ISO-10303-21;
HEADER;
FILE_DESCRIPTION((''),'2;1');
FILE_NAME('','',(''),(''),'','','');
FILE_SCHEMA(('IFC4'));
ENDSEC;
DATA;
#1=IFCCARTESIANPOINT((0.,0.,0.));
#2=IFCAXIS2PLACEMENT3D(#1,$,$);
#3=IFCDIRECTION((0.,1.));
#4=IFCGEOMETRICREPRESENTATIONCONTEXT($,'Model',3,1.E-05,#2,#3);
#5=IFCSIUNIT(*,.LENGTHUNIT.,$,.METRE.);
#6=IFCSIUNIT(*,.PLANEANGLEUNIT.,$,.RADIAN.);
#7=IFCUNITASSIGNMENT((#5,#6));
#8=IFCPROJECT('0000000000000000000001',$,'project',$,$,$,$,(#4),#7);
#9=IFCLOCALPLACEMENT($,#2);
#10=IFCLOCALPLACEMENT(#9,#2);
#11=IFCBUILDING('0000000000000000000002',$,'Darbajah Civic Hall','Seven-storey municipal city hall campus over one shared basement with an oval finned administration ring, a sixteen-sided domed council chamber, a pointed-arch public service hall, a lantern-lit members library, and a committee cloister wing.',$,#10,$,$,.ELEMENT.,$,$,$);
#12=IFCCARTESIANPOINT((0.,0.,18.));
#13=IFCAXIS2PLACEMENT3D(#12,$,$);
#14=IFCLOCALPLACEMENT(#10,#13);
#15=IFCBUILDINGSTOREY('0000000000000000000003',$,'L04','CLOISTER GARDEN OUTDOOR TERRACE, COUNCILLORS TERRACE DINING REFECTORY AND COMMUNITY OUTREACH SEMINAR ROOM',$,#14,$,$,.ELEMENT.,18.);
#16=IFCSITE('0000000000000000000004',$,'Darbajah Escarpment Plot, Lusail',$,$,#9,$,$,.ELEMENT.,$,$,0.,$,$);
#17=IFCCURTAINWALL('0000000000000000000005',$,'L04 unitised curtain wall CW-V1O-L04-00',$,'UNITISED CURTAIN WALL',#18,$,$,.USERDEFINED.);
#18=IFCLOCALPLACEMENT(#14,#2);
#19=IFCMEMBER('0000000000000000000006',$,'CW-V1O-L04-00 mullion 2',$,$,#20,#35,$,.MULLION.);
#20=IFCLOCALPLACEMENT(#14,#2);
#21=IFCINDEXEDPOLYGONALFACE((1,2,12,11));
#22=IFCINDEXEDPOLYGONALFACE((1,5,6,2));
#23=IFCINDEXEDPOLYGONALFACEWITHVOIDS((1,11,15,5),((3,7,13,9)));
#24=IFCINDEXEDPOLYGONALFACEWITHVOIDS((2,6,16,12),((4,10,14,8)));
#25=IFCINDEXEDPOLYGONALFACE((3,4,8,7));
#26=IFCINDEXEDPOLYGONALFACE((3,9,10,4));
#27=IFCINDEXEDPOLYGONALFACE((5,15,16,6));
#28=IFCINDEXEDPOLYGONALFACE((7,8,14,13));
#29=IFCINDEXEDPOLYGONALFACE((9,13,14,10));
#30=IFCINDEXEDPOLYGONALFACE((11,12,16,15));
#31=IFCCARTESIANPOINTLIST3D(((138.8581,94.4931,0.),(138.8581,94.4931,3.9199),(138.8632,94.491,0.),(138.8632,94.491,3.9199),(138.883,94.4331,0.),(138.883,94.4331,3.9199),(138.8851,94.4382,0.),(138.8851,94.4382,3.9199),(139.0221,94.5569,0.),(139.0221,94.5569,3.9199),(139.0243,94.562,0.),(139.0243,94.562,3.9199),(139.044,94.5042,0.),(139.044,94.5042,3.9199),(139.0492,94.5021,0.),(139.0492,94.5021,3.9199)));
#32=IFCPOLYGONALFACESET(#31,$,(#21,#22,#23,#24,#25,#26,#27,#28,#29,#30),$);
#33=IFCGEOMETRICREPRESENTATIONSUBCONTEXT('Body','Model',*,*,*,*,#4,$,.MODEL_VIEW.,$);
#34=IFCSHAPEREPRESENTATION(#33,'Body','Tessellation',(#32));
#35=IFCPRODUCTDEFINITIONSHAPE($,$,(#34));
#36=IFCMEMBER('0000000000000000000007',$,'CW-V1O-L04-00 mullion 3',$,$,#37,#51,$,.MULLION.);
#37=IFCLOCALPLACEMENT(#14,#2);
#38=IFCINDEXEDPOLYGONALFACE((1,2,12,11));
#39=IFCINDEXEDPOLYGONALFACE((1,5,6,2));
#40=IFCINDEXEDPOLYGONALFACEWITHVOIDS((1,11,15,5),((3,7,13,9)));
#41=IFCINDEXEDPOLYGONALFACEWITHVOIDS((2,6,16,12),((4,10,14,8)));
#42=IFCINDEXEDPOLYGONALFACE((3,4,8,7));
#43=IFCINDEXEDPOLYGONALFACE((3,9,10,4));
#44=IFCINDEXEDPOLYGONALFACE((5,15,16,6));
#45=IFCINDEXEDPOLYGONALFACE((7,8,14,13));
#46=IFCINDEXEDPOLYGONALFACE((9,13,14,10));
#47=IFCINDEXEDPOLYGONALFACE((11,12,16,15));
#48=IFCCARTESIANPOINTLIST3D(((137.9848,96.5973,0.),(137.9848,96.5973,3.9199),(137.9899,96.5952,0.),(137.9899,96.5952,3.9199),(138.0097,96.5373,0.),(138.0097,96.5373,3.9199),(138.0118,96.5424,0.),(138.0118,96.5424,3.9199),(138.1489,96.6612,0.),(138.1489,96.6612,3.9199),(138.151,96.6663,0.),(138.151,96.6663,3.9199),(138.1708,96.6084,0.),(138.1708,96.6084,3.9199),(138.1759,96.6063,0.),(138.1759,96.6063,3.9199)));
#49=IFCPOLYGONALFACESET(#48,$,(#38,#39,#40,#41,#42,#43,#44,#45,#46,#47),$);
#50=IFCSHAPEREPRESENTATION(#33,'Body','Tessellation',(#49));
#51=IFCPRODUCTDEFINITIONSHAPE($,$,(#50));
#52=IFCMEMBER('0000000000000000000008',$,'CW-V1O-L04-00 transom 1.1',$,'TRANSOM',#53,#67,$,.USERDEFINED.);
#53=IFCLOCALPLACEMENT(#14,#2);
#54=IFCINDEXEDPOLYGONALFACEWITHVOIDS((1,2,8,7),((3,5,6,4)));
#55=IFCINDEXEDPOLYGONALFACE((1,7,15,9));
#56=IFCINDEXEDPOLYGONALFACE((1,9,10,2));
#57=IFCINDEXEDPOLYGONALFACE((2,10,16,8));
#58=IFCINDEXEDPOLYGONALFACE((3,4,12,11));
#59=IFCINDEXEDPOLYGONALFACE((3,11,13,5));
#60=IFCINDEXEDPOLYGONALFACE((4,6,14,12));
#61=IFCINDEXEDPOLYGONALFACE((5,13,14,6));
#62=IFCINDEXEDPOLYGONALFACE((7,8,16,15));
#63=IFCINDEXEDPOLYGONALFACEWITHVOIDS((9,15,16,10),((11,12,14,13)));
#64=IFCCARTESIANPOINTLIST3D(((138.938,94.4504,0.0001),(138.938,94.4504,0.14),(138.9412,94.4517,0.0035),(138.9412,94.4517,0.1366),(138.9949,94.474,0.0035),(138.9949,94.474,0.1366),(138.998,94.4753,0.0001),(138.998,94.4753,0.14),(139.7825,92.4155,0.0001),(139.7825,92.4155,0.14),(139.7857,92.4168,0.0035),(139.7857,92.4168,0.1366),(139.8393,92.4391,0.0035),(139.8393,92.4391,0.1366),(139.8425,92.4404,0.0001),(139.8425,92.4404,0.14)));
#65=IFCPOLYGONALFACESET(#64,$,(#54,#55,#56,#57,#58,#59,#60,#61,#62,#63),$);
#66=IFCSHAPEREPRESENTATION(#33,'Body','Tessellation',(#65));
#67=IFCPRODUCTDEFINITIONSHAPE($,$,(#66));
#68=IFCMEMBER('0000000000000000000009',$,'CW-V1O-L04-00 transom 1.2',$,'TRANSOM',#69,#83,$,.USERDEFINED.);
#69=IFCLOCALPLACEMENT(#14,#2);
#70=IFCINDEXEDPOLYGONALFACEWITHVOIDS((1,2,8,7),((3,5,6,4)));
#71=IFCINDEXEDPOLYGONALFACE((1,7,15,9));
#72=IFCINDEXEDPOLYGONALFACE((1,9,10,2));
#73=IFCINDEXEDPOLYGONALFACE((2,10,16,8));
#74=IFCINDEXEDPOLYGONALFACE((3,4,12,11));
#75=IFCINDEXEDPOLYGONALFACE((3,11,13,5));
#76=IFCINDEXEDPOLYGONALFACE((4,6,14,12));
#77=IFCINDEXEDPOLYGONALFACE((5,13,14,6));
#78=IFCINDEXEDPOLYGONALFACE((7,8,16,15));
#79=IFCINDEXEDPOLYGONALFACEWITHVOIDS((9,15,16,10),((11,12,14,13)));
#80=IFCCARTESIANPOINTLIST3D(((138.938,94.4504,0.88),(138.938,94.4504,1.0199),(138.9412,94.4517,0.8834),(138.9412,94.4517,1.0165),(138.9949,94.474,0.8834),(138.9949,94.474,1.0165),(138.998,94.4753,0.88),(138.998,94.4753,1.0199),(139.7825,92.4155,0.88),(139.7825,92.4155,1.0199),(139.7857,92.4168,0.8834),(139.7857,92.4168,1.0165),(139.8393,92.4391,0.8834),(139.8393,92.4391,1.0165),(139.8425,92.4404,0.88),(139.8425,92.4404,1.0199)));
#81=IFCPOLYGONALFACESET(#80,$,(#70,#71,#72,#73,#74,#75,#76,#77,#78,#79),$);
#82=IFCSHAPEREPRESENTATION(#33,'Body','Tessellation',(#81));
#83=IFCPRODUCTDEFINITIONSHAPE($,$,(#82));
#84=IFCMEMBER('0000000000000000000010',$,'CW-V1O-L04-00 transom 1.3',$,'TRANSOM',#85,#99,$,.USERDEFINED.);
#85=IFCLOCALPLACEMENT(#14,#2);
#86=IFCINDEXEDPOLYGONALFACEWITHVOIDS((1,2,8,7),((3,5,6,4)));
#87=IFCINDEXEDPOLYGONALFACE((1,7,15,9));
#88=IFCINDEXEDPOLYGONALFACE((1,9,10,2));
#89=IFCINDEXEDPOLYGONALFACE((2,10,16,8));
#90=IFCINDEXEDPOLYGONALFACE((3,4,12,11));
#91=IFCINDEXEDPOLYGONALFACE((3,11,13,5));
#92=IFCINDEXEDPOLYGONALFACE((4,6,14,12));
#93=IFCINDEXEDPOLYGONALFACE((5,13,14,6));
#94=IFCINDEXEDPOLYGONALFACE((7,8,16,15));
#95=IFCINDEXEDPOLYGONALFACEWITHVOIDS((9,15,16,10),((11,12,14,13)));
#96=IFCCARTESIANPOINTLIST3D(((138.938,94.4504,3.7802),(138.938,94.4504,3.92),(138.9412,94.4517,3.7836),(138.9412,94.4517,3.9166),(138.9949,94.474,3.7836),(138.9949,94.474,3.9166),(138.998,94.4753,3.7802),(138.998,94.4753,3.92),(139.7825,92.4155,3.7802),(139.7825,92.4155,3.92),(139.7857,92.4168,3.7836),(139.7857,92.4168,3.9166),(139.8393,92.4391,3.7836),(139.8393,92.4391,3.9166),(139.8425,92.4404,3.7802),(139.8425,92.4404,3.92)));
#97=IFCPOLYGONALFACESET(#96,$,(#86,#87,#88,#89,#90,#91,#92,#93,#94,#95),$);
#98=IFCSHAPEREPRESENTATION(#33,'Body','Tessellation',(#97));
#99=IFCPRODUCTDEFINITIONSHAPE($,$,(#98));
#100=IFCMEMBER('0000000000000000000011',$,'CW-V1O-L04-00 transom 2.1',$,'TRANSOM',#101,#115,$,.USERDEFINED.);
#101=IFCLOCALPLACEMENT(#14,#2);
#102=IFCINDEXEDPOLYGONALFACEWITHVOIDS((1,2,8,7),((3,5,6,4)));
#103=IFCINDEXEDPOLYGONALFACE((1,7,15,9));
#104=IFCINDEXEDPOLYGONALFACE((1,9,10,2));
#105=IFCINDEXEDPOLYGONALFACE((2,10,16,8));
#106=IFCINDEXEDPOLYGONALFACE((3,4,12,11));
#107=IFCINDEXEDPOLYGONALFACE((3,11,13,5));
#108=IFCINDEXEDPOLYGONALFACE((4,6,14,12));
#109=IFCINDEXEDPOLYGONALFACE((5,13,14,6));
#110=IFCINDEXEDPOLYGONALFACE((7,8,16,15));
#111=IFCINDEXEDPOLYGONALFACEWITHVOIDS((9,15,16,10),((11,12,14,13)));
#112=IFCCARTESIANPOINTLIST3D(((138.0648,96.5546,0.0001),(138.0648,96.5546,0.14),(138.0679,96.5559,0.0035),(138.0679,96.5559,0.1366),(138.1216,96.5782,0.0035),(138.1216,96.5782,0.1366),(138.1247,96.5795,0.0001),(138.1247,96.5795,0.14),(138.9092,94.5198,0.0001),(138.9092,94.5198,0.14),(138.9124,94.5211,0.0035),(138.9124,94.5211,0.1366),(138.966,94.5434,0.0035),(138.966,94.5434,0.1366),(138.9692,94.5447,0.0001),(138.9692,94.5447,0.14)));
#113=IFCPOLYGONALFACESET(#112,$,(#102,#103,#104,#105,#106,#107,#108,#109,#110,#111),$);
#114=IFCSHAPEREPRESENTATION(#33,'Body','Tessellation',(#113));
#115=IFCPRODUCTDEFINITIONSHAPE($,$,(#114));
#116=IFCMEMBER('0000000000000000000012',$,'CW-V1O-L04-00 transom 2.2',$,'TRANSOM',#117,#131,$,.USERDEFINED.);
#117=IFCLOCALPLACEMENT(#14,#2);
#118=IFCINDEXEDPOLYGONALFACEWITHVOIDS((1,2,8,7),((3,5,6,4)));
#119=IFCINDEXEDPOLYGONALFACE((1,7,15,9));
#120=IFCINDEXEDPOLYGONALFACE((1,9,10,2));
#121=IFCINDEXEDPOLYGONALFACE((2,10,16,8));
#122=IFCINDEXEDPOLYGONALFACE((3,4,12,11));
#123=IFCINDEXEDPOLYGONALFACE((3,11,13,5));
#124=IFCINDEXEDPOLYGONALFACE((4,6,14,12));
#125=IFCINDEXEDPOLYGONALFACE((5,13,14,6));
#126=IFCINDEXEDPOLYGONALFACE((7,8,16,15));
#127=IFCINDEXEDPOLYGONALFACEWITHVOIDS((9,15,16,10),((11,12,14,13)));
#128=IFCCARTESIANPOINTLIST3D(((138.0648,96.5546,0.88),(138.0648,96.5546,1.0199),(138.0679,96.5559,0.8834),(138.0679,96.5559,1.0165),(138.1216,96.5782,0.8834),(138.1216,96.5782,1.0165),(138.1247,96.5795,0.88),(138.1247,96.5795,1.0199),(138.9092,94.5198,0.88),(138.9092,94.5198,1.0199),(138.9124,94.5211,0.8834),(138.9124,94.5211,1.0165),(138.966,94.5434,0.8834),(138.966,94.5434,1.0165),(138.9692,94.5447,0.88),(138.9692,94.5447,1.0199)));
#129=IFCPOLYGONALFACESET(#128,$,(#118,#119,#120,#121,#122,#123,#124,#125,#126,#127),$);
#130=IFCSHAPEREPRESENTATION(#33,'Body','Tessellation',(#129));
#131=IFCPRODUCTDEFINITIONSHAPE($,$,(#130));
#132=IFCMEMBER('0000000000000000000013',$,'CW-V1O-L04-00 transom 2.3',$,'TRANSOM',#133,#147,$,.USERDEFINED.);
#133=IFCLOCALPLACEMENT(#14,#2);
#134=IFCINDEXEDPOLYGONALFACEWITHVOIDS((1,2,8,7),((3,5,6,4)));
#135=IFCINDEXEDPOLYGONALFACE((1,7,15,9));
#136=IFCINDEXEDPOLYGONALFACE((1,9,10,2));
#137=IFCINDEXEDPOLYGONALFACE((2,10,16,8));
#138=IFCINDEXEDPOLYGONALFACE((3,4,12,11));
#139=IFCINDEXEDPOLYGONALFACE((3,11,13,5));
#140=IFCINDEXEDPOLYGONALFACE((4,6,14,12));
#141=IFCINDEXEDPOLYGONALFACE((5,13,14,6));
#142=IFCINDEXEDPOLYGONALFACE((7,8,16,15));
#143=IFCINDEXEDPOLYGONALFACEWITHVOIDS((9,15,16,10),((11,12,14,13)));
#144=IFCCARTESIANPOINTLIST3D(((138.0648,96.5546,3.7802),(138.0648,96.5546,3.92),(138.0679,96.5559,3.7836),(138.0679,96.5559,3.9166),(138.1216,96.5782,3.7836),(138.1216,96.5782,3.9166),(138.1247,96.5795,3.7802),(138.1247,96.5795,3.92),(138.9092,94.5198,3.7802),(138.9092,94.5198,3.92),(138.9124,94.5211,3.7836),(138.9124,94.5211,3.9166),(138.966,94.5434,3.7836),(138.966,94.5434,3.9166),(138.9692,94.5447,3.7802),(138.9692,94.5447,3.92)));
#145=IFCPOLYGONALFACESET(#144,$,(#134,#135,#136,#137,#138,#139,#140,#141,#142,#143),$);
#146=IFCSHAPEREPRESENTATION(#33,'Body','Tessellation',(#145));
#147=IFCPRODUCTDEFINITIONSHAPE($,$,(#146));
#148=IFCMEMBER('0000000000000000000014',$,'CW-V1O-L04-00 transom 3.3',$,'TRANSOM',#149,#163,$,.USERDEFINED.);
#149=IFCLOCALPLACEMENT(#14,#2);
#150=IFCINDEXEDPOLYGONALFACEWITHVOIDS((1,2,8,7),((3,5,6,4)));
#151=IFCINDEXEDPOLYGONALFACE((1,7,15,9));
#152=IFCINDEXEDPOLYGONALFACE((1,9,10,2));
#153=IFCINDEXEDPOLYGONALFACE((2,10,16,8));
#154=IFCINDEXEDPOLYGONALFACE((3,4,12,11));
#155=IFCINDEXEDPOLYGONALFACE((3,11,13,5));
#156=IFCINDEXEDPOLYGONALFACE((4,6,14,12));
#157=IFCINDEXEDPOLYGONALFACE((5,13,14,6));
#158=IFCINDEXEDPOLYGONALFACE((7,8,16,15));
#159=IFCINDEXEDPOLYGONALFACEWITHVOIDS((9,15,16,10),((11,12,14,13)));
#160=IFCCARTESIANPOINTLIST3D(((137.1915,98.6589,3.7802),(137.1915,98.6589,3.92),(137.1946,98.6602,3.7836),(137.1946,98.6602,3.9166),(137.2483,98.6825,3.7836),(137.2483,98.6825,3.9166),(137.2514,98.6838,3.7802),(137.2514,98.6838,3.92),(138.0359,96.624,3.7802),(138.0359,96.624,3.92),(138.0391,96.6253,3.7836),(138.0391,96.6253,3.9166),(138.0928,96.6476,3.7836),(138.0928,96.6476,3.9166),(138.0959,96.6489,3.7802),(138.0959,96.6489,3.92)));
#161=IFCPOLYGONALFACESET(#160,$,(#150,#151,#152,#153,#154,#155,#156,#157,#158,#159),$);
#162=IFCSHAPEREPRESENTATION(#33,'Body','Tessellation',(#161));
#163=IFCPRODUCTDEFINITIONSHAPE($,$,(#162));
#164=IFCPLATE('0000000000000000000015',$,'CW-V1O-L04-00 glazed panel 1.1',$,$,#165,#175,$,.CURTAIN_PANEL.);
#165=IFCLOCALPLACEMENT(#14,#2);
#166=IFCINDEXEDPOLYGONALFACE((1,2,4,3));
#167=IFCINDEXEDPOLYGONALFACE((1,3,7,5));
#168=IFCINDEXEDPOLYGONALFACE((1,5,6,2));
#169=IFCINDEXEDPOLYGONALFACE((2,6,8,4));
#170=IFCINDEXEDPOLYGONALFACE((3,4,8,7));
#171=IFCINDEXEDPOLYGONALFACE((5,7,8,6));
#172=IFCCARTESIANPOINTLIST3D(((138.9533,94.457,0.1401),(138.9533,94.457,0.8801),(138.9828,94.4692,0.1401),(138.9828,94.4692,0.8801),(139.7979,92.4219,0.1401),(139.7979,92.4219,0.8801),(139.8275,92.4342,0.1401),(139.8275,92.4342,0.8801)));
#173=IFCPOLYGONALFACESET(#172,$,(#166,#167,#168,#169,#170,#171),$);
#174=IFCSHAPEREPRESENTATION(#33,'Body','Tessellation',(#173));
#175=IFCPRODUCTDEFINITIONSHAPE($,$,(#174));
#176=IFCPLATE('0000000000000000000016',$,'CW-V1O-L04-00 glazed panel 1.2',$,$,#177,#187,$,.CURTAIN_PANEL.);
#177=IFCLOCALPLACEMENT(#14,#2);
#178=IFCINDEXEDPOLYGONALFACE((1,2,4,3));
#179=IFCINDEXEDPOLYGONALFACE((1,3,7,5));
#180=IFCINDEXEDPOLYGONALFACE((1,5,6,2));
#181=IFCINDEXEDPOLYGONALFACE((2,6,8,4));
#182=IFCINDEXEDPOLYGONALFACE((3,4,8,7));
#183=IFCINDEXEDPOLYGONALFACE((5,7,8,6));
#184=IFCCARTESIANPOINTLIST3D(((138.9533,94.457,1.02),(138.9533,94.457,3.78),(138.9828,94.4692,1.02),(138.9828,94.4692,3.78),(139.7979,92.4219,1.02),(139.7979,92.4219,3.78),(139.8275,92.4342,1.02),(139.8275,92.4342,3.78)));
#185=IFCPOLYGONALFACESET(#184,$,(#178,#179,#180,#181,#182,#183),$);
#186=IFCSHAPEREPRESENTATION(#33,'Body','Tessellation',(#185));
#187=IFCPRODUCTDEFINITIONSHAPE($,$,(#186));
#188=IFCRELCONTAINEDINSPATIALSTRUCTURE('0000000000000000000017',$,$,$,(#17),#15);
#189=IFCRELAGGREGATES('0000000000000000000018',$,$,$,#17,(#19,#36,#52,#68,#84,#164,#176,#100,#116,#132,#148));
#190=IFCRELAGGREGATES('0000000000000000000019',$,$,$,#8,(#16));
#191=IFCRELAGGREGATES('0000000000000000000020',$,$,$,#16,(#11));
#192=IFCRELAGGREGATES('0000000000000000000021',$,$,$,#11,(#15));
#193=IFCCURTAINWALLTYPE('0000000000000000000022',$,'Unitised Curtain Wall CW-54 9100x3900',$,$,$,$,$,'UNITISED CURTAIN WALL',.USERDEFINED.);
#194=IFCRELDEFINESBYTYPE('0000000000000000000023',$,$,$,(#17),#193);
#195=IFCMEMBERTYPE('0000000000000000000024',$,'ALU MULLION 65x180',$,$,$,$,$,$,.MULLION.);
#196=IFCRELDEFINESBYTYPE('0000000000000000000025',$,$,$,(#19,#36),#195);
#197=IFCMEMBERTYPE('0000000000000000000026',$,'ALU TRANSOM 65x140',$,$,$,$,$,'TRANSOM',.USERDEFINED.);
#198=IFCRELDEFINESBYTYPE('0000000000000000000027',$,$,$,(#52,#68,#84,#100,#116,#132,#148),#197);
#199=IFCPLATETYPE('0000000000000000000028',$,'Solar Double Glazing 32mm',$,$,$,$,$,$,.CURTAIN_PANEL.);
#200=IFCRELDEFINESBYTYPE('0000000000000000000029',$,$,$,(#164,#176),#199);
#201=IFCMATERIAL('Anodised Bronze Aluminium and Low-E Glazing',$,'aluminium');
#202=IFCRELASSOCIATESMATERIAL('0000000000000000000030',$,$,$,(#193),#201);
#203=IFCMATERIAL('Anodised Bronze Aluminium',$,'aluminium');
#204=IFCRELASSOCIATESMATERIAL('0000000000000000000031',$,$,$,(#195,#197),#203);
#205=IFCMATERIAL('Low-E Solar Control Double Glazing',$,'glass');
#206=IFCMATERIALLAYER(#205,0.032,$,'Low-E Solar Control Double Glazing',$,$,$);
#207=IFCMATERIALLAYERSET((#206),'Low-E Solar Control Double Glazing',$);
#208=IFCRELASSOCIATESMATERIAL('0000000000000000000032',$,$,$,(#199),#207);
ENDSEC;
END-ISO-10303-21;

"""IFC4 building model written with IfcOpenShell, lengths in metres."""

from ifc_helpers import new_model, si_unit, direction, frame, origin, origin_2d, place, context, subcontext, project, spatial, rectangle, hollow_rectangle, extrude, material, layer, layer_set, material_profile, profile_set, type_object, element, aggregate, save


model = new_model("IFC4")

# Units and contexts
model_context = context("Model", 3, precision=1e-05, world=origin(), true_north=direction((0.0, 1.0)))
body_context = subcontext(model_context, "Body", "Model", "MODEL_VIEW")
ifc_project = project(units=[si_unit("LENGTHUNIT", "METRE"), si_unit("PLANEANGLEUNIT", "RADIAN")], contexts=[model_context])

# Site, building, storey
site_placement = place(None, origin())
site = spatial("IfcSite", under=ifc_project, at=site_placement, Name="Darbajah Escarpment Plot, Lusail", CompositionType="ELEMENT", RefElevation=0.0)
building_placement = place(site_placement, origin())
building = spatial("IfcBuilding", under=site, at=building_placement, Name="Darbajah Civic Hall", Description="Seven-storey municipal city hall campus over one shared basement with an oval finned administration ring, a sixteen-sided domed council chamber, a pointed-arch public service hall, a lantern-lit members library, and a committee cloister wing.", CompositionType="ELEMENT")
storey_placement = place(building_placement, frame((0.0, 0.0, 18.0)))
storey = spatial("IfcBuildingStorey", under=building, at=storey_placement, Name="L04", Description="CLOISTER GARDEN OUTDOOR TERRACE, COUNCILLORS TERRACE DINING REFECTORY AND COMMUNITY OUTREACH SEMINAR ROOM", CompositionType="ELEMENT", Elevation=18.0)

# Curtain wall, members, plates
ifc_material_1 = material(Name="Anodised Bronze Aluminium and Low-E Glazing", Category="aluminium")
curtain_wall_type = type_object("IfcCurtainWallType", Name="Unitised Curtain Wall CW-54 9100x3900", ElementType="UNITISED CURTAIN WALL", PredefinedType="USERDEFINED", material=ifc_material_1)
curtain_wall_placement = place(storey_placement, origin())
curtain_wall = element("IfcCurtainWall", 1, at=curtain_wall_placement, inside=storey, type_object=curtain_wall_type, Name="L04 unitised curtain wall CW-V1O-L04-00", ObjectType="UNITISED CURTAIN WALL", PredefinedType="USERDEFINED")
ifc_material_2 = material(Name="Anodised Bronze Aluminium", Category="aluminium")
ifc_material_profile_1 = material_profile(ifc_material_2, hollow_rectangle(XDim=0.0649, YDim=0.1799, WallThickness=0.0039, at=origin_2d()), Name="ALU MULLION 65x180")
ifc_profile_set_1 = profile_set([ifc_material_profile_1], Name="Anodised Bronze Aluminium")
member_type_1 = type_object("IfcMemberType", Name="ALU MULLION 65x180", PredefinedType="MULLION", material=ifc_profile_set_1)
member_1_placement = place(storey_placement, frame((138.9536, 94.4976, 0.0), z_axis=(0.0, 0.0, 1.0), x_axis=(-0.383328, 0.923612, 0.0)))
member_1 = element("IfcMember", 2, at=member_1_placement, type_object=member_type_1, Name="CW-V1O-L04-00 mullion 2", PredefinedType="MULLION", context=body_context, shape_type="SweptSolid", body=[
    extrude(hollow_rectangle(XDim=0.0649, YDim=0.1799, WallThickness=0.0039, at=origin_2d()), origin(), (0.0, 0.0, 1.0), 3.9199),
])
member_2_placement = place(storey_placement, frame((138.0803, 96.6018, 0.0), z_axis=(0.0, 0.0, 1.0), x_axis=(-0.383328, 0.923612, 0.0)))
member_2 = element("IfcMember", 3, at=member_2_placement, type_object=member_type_1, Name="CW-V1O-L04-00 mullion 3", PredefinedType="MULLION", context=body_context, shape_type="SweptSolid", body=[
    extrude(hollow_rectangle(XDim=0.0649, YDim=0.1799, WallThickness=0.0039, at=origin_2d()), origin(), (0.0, 0.0, 1.0), 3.9199),
])
ifc_material_profile_2 = material_profile(ifc_material_2, hollow_rectangle(XDim=0.0649, YDim=0.1399, WallThickness=0.0034, at=origin_2d()), Name="ALU TRANSOM 65x140")
ifc_profile_set_2 = profile_set([ifc_material_profile_2], Name="Anodised Bronze Aluminium")
member_type_2 = type_object("IfcMemberType", Name="ALU TRANSOM 65x140", ElementType="TRANSOM", PredefinedType="USERDEFINED", material=ifc_profile_set_2)
member_3_placement = place(storey_placement, frame((139.8125, 92.428, 0.0701), z_axis=(-0.383301, 0.923623, 0.0), x_axis=(-0.923623, -0.383301, 0.0)))
member_3 = element("IfcMember", 4, at=member_3_placement, type_object=member_type_2, Name="CW-V1O-L04-00 transom 1.1", ObjectType="TRANSOM", PredefinedType="USERDEFINED", context=body_context, shape_type="SweptSolid", body=[
    extrude(hollow_rectangle(XDim=0.0649, YDim=0.1399, WallThickness=0.0034, at=origin_2d()), origin(), (0.0, 0.0, 1.0), 2.2031),
])
member_4_placement = place(storey_placement, frame((139.8125, 92.428, 0.95), z_axis=(-0.383301, 0.923623, 0.0), x_axis=(-0.923623, -0.383301, 0.0)))
member_4 = element("IfcMember", 5, at=member_4_placement, type_object=member_type_2, Name="CW-V1O-L04-00 transom 1.2", ObjectType="TRANSOM", PredefinedType="USERDEFINED", context=body_context, shape_type="SweptSolid", body=[
    extrude(hollow_rectangle(XDim=0.0649, YDim=0.1399, WallThickness=0.0034, at=origin_2d()), origin(), (0.0, 0.0, 1.0), 2.2031),
])
member_5_placement = place(storey_placement, frame((139.8125, 92.428, 3.8501), z_axis=(-0.383301, 0.923623, 0.0), x_axis=(-0.923623, -0.383301, 0.0)))
member_5 = element("IfcMember", 6, at=member_5_placement, type_object=member_type_2, Name="CW-V1O-L04-00 transom 1.3", ObjectType="TRANSOM", PredefinedType="USERDEFINED", context=body_context, shape_type="SweptSolid", body=[
    extrude(hollow_rectangle(XDim=0.0649, YDim=0.1399, WallThickness=0.0034, at=origin_2d()), origin(), (0.0, 0.0, 1.0), 2.2031),
])
member_6_placement = place(storey_placement, frame((138.9392, 94.5322, 0.0701), z_axis=(-0.383301, 0.923623, 0.0), x_axis=(-0.923623, -0.383301, 0.0)))
member_6 = element("IfcMember", 7, at=member_6_placement, type_object=member_type_2, Name="CW-V1O-L04-00 transom 2.1", ObjectType="TRANSOM", PredefinedType="USERDEFINED", context=body_context, shape_type="SweptSolid", body=[
    extrude(hollow_rectangle(XDim=0.0649, YDim=0.1399, WallThickness=0.0034, at=origin_2d()), origin(), (0.0, 0.0, 1.0), 2.2031),
])
member_7_placement = place(storey_placement, frame((138.9392, 94.5322, 0.95), z_axis=(-0.383301, 0.923623, 0.0), x_axis=(-0.923623, -0.383301, 0.0)))
member_7 = element("IfcMember", 8, at=member_7_placement, type_object=member_type_2, Name="CW-V1O-L04-00 transom 2.2", ObjectType="TRANSOM", PredefinedType="USERDEFINED", context=body_context, shape_type="SweptSolid", body=[
    extrude(hollow_rectangle(XDim=0.0649, YDim=0.1399, WallThickness=0.0034, at=origin_2d()), origin(), (0.0, 0.0, 1.0), 2.2031),
])
member_8_placement = place(storey_placement, frame((138.9392, 94.5322, 3.8501), z_axis=(-0.383301, 0.923623, 0.0), x_axis=(-0.923623, -0.383301, 0.0)))
member_8 = element("IfcMember", 9, at=member_8_placement, type_object=member_type_2, Name="CW-V1O-L04-00 transom 2.3", ObjectType="TRANSOM", PredefinedType="USERDEFINED", context=body_context, shape_type="SweptSolid", body=[
    extrude(hollow_rectangle(XDim=0.0649, YDim=0.1399, WallThickness=0.0034, at=origin_2d()), origin(), (0.0, 0.0, 1.0), 2.2031),
])
member_9_placement = place(storey_placement, frame((138.0659, 96.6365, 3.8501), z_axis=(-0.383301, 0.923623, 0.0), x_axis=(-0.923623, -0.383301, 0.0)))
member_9 = element("IfcMember", 10, at=member_9_placement, type_object=member_type_2, Name="CW-V1O-L04-00 transom 3.3", ObjectType="TRANSOM", PredefinedType="USERDEFINED", context=body_context, shape_type="SweptSolid", body=[
    extrude(hollow_rectangle(XDim=0.0649, YDim=0.1399, WallThickness=0.0034, at=origin_2d()), origin(), (0.0, 0.0, 1.0), 2.2031),
])
ifc_material_3 = material(Name="Low-E Solar Control Double Glazing", Category="glass")
ifc_layer = layer(ifc_material_3, 0.032, Name="Low-E Solar Control Double Glazing")
ifc_layer_set = layer_set([ifc_layer], Name="Low-E Solar Control Double Glazing")
plate_type = type_object("IfcPlateType", Name="Solar Double Glazing 32mm", PredefinedType="CURTAIN_PANEL", material=ifc_layer_set)
plate_1_placement = place(storey_placement, frame((139.3904, 93.4456, 0.1401), z_axis=(0.0, 0.0, 1.0), x_axis=(-0.383328, 0.923612, 0.0)))
plate_1 = element("IfcPlate", 11, at=plate_1_placement, type_object=plate_type, Name="CW-V1O-L04-00 glazed panel 1.1", PredefinedType="CURTAIN_PANEL", context=body_context, shape_type="SweptSolid", body=[
    extrude(rectangle(XDim=2.2034, YDim=0.032, at=origin_2d()), origin(), (0.0, 0.0, 1.0), 0.74),
])
plate_2_placement = place(storey_placement, frame((139.3904, 93.4456, 1.02), z_axis=(0.0, 0.0, 1.0), x_axis=(-0.383328, 0.923612, 0.0)))
plate_2 = element("IfcPlate", 12, at=plate_2_placement, type_object=plate_type, Name="CW-V1O-L04-00 glazed panel 1.2", PredefinedType="CURTAIN_PANEL", context=body_context, shape_type="SweptSolid", body=[
    extrude(rectangle(XDim=2.2034, YDim=0.032, at=origin_2d()), origin(), (0.0, 0.0, 1.0), 2.76),
])
aggregate(curtain_wall, [member_1, member_2, member_3, member_4, member_5, plate_1, plate_2, member_6, member_7, member_8, member_9])

save(model, "model.ifc")
